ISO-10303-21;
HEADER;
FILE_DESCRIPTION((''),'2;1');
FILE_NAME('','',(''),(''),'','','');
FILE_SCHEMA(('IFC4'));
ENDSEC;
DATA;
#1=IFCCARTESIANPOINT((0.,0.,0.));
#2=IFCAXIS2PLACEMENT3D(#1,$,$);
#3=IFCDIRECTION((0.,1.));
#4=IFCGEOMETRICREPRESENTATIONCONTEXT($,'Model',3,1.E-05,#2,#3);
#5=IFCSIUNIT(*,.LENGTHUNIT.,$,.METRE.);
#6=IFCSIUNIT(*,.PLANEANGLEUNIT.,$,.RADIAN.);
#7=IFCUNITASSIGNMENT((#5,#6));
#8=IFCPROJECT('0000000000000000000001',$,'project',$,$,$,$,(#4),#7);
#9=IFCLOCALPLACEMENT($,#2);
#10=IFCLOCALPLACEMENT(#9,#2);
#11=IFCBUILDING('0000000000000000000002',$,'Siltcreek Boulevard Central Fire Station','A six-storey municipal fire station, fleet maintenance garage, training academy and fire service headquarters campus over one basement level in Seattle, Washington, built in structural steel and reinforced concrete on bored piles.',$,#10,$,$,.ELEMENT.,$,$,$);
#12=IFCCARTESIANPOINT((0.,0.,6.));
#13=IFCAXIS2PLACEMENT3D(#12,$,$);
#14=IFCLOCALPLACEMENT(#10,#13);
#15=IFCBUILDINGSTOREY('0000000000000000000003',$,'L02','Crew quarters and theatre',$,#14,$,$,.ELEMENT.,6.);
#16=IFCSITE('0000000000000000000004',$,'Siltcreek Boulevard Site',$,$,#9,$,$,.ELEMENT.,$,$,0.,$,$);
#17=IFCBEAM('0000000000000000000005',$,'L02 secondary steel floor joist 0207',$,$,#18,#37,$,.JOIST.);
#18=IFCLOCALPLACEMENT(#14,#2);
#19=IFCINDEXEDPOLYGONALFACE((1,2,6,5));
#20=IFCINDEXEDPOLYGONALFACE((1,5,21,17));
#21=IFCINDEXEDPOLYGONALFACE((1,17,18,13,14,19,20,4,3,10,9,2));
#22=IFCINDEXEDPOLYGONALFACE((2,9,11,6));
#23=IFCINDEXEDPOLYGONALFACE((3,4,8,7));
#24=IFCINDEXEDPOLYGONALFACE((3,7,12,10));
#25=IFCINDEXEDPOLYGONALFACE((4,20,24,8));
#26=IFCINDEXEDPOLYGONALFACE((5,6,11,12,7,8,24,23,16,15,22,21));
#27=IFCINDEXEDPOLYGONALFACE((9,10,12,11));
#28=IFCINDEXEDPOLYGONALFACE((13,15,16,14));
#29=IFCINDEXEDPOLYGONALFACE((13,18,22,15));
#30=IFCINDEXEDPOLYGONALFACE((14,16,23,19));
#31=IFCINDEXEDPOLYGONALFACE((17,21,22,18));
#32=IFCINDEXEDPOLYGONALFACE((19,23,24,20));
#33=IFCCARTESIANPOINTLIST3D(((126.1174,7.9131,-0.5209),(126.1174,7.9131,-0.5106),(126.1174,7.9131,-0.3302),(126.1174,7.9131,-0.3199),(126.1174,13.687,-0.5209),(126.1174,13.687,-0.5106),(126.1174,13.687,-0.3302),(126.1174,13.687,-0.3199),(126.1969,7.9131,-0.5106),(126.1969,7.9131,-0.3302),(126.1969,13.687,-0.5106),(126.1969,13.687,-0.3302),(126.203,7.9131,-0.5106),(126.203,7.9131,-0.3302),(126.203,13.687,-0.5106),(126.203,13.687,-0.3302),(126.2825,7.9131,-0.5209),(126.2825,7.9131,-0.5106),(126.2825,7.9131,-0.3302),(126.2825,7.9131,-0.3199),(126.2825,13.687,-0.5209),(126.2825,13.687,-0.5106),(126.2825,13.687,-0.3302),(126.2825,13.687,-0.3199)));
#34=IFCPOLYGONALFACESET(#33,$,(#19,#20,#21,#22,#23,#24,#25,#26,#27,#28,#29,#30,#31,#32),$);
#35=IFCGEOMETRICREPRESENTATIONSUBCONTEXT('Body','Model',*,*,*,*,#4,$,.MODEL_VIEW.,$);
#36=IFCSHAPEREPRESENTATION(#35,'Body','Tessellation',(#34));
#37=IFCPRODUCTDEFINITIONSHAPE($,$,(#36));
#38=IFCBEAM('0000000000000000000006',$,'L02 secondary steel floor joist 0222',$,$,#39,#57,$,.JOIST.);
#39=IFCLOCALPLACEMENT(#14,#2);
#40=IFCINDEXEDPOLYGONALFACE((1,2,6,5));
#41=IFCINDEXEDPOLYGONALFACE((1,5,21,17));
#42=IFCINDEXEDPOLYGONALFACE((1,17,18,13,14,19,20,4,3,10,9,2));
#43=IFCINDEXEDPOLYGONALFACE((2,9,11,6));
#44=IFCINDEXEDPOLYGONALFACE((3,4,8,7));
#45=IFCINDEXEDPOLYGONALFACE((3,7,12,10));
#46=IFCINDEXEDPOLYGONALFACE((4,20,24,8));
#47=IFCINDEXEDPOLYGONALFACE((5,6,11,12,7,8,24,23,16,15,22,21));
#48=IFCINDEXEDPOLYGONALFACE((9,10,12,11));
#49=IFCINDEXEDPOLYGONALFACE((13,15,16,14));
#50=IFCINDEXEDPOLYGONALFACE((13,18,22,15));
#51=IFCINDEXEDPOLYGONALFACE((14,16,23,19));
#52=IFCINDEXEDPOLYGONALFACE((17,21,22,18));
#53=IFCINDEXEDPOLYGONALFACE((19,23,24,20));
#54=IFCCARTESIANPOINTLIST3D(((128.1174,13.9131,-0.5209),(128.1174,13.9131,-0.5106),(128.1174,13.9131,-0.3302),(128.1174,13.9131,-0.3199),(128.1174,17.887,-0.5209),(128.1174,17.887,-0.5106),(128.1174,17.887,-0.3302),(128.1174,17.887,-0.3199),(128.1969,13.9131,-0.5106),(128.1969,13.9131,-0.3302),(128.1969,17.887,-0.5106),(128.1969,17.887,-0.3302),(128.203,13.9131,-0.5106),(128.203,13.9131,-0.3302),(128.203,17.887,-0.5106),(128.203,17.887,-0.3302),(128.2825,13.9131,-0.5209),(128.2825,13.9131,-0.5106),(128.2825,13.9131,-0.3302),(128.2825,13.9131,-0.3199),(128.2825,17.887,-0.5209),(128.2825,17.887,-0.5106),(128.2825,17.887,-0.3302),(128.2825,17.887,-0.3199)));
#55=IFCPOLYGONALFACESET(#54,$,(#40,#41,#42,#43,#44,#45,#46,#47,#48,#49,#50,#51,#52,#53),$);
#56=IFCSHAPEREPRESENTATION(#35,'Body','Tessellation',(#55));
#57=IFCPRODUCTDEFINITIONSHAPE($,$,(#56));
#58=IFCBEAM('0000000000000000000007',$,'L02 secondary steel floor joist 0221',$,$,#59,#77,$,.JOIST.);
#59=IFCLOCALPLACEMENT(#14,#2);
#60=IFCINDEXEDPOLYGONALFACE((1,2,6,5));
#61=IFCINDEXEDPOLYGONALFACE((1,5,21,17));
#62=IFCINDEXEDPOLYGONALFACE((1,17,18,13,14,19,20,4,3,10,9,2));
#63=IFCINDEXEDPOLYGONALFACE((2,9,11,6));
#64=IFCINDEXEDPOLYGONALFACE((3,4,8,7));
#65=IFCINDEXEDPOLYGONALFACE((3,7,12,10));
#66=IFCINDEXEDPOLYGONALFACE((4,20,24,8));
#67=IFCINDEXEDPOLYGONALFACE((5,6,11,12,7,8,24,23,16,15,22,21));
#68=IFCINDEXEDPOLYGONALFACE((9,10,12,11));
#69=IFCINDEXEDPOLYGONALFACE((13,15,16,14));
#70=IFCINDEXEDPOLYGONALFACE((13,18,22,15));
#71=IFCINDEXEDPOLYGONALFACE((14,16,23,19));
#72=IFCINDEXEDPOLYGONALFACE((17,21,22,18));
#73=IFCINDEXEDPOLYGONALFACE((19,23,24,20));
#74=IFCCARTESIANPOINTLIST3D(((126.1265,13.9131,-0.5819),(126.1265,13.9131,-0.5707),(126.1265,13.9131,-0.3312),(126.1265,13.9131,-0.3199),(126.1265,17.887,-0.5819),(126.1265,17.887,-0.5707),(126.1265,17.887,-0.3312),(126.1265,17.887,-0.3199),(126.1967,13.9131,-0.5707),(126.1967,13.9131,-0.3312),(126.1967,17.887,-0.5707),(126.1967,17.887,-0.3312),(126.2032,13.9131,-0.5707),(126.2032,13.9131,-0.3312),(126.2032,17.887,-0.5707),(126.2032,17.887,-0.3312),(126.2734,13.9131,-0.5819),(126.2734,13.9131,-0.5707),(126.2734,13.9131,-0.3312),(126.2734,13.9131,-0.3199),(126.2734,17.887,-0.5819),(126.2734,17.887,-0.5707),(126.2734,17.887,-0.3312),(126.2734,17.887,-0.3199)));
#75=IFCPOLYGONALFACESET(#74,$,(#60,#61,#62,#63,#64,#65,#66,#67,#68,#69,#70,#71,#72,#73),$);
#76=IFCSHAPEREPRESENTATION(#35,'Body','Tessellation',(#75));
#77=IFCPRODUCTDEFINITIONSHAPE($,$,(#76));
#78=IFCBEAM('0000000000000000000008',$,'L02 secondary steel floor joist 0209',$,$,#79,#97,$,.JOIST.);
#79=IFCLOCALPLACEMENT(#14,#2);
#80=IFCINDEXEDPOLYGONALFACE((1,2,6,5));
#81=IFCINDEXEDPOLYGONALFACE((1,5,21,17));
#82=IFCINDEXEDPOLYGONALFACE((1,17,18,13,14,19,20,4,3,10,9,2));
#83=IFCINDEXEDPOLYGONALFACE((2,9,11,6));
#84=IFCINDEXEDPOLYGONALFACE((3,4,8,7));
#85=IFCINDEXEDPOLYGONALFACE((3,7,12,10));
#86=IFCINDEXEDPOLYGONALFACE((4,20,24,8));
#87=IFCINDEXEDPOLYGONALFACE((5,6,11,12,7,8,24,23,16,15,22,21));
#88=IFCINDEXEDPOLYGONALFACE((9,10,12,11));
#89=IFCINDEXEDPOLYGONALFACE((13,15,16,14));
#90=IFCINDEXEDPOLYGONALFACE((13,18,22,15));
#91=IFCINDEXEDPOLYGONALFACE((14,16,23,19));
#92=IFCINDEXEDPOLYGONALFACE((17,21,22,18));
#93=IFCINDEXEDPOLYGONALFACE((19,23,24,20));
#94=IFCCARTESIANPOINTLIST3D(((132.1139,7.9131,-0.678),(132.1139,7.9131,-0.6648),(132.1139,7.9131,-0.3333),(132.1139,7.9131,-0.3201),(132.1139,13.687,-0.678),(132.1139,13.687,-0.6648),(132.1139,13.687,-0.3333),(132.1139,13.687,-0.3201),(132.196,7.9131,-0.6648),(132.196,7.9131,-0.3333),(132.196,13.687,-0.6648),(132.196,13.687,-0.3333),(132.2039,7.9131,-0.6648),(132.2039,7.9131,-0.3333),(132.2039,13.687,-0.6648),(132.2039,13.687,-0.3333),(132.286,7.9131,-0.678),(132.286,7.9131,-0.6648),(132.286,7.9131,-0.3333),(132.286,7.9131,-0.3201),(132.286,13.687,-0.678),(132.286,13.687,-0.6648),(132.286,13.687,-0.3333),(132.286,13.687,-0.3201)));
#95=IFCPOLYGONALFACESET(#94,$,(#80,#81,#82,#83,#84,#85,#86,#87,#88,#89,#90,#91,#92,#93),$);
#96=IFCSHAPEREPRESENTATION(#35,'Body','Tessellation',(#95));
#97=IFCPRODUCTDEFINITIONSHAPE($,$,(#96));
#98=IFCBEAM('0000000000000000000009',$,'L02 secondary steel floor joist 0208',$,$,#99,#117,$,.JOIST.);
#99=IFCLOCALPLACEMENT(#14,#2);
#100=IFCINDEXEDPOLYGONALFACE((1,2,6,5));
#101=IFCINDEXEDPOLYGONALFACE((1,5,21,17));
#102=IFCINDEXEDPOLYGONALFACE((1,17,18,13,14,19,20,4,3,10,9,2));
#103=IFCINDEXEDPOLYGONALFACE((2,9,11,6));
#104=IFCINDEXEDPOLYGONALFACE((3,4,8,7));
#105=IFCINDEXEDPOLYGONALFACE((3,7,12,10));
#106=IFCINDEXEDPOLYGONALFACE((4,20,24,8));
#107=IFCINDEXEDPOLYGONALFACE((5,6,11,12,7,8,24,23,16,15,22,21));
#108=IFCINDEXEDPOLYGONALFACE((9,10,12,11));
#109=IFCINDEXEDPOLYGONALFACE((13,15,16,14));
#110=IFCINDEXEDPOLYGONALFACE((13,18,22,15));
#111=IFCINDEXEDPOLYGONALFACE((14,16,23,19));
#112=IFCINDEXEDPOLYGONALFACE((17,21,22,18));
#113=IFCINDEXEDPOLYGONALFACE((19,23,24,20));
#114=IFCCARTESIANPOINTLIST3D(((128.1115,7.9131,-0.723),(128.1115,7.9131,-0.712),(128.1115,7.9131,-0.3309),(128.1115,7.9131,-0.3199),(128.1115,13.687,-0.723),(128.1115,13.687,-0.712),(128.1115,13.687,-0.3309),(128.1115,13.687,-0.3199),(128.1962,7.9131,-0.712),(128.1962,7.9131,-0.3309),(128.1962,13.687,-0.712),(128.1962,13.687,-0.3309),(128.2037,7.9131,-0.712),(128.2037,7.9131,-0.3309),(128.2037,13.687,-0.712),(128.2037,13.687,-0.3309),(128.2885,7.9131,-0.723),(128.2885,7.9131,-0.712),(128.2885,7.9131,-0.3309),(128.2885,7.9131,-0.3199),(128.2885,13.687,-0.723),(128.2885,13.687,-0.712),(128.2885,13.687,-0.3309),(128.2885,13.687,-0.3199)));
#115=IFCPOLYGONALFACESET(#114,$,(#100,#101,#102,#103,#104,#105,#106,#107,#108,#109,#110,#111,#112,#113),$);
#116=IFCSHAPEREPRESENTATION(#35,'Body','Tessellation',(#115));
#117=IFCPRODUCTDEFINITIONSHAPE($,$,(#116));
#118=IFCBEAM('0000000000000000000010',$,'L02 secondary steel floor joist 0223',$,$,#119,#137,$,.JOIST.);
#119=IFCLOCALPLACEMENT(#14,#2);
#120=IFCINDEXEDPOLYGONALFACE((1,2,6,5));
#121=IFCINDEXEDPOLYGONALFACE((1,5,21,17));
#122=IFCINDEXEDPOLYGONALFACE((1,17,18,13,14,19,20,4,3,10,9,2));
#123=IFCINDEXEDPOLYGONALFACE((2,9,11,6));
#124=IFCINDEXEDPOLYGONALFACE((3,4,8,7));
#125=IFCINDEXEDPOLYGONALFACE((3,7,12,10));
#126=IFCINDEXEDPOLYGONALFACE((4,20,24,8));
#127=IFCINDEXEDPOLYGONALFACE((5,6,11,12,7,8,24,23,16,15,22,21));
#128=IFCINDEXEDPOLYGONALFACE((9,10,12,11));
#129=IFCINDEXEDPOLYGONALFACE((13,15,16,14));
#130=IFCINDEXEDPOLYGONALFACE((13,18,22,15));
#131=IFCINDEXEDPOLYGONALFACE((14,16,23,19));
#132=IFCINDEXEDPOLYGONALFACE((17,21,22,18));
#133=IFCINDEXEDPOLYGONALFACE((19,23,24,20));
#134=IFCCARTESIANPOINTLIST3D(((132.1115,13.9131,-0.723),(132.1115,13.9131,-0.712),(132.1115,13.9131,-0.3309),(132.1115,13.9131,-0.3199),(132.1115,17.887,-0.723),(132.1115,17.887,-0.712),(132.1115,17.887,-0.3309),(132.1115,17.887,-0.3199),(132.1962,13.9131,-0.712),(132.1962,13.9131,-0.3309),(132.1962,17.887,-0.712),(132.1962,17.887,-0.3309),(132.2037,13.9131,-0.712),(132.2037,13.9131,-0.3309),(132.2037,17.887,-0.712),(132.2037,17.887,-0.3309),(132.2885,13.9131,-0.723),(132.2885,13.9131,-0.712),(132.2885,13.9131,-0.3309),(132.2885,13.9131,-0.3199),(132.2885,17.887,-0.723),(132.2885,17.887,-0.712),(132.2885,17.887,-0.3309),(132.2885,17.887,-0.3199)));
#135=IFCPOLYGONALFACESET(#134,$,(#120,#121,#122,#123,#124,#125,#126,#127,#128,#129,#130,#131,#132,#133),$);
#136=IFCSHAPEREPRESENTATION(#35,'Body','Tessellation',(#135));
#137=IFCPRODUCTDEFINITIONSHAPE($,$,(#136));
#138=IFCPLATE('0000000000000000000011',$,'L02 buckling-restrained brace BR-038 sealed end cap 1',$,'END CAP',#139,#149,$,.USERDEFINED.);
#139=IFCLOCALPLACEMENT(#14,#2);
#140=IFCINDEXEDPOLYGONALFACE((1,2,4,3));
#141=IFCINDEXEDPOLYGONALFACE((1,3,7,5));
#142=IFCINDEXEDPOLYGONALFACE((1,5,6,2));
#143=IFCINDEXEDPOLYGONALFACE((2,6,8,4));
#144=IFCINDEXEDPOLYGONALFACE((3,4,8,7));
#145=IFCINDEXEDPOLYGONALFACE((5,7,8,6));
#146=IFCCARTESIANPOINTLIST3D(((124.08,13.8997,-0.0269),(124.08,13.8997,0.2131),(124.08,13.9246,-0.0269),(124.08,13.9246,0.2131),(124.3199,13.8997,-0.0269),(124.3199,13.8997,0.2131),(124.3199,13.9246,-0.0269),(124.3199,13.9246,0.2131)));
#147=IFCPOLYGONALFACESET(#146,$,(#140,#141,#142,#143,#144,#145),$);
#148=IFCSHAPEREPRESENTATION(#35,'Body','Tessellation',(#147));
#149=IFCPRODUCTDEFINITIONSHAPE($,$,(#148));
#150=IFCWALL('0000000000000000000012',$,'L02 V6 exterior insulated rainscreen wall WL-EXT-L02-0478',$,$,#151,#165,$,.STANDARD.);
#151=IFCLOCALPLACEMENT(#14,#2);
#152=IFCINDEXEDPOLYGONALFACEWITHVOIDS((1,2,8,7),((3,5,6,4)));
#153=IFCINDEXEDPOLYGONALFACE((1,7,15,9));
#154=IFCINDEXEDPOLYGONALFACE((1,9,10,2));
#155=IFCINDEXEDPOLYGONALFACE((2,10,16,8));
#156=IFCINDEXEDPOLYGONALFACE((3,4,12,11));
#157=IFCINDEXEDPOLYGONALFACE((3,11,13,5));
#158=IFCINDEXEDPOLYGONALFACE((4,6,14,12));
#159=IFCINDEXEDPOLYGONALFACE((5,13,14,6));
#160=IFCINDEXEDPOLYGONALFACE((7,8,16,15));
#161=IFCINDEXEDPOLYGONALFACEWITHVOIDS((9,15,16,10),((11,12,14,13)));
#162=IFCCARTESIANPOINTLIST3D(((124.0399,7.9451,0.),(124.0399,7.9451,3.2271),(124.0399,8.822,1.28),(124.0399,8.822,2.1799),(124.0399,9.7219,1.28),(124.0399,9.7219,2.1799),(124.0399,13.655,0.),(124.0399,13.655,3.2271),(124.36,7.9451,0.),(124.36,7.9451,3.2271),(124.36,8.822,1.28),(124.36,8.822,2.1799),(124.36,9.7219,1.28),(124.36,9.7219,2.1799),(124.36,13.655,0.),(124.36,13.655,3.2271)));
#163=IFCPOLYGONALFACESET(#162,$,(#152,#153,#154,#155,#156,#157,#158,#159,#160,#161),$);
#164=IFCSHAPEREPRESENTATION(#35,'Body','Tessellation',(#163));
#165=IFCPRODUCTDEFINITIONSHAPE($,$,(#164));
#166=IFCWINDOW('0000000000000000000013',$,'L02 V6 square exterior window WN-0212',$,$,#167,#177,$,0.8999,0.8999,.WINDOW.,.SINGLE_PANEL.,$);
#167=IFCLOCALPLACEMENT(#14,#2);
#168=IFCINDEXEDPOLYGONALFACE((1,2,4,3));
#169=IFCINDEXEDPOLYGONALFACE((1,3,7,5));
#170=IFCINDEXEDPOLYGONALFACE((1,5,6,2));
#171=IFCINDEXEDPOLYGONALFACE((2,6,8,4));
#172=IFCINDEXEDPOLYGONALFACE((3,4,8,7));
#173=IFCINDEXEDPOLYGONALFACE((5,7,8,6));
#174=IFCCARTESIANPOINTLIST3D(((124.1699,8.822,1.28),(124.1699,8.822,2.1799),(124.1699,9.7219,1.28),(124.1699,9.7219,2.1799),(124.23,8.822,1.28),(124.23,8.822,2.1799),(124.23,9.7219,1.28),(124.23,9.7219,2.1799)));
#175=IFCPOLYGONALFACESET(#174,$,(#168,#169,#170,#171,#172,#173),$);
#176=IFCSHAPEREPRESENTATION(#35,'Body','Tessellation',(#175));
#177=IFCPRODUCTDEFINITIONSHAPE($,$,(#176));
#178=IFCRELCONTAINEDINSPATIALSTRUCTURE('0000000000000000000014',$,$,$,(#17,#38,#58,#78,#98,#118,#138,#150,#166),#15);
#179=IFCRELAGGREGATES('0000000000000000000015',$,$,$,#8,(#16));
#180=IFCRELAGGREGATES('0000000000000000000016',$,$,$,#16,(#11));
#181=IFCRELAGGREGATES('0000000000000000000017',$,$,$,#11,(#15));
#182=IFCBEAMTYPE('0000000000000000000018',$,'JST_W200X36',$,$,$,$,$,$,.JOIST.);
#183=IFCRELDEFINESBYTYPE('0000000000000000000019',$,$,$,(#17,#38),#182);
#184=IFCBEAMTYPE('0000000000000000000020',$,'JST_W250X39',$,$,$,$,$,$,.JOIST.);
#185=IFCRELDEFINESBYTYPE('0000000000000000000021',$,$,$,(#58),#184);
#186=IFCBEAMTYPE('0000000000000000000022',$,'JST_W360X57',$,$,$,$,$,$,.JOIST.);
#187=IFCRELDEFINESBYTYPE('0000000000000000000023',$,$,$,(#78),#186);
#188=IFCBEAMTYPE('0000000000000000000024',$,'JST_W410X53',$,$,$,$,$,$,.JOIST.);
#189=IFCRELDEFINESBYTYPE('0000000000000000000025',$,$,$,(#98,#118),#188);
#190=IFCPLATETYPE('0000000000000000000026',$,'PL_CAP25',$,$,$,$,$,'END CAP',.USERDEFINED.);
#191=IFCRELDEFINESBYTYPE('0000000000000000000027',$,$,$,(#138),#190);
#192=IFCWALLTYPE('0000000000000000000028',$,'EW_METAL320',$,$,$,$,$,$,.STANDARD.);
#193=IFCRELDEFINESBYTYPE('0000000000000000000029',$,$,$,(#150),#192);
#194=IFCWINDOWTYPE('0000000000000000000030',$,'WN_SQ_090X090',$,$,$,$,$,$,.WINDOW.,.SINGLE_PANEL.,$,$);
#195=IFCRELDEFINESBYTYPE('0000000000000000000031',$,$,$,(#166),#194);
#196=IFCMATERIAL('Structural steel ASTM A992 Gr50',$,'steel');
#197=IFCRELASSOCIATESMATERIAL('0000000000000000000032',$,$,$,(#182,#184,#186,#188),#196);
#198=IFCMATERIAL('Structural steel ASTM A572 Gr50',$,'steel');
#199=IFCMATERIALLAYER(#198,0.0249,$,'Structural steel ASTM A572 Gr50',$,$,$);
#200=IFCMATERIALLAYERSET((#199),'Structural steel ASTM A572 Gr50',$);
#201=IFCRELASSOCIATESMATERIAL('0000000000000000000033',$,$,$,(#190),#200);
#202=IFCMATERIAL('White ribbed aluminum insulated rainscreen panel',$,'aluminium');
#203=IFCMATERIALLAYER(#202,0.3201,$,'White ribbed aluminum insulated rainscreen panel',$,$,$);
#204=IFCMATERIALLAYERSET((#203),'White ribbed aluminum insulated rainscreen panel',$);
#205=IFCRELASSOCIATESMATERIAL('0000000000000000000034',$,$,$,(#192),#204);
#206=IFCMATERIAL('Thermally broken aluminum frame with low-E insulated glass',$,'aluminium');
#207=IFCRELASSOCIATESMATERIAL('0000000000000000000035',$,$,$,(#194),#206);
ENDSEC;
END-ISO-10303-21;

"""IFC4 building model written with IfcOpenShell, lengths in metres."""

from ifc_helpers import new_model, si_unit, direction, frame, frame_2d, origin, origin_2d, place, context, subcontext, project, spatial, rectangle, i_section, extrude, material, layer, layer_set, material_profile, profile_set, type_object, element, fill, save


model = new_model("IFC4")

# Units and contexts
model_context = context("Model", 3, precision=1e-05, world=origin(), true_north=direction((0.0, 1.0)))
body_context = subcontext(model_context, "Body", "Model", "MODEL_VIEW")
ifc_project = project(units=[si_unit("LENGTHUNIT", "METRE"), si_unit("PLANEANGLEUNIT", "RADIAN")], contexts=[model_context])

# Site, building, storey
site_placement = place(None, origin())
site = spatial("IfcSite", under=ifc_project, at=site_placement, Name="Siltcreek Boulevard Site", CompositionType="ELEMENT", RefElevation=0.0)
building_placement = place(site_placement, origin())
building = spatial("IfcBuilding", under=site, at=building_placement, Name="Siltcreek Boulevard Central Fire Station", Description="A six-storey municipal fire station, fleet maintenance garage, training academy and fire service headquarters campus over one basement level in Seattle, Washington, built in structural steel and reinforced concrete on bored piles.", CompositionType="ELEMENT")
storey_placement = place(building_placement, frame((0.0, 0.0, 6.0)))
storey = spatial("IfcBuildingStorey", under=building, at=storey_placement, Name="L02", Description="Crew quarters and theatre", CompositionType="ELEMENT", Elevation=6.0)

# Shared definitions
ifc_material_1 = material(Name="Structural steel ASTM A992 Gr50", Category="steel")

# Beams
ifc_material_profile_1 = material_profile(ifc_material_1, i_section(OverallWidth=0.165, OverallDepth=0.2009, WebThickness=0.0061, FlangeThickness=0.0103, at=origin_2d()), Name="W200X36")
ifc_profile_set_1 = profile_set([ifc_material_profile_1], Name="Structural steel ASTM A992 Gr50")
beam_type_1 = type_object("IfcBeamType", Name="JST_W200X36", PredefinedType="JOIST", material=ifc_profile_set_1)
beam_1_placement = place(storey_placement, frame((126.2, 7.9131, -0.4204), z_axis=(0.0, 1.0, 0.0), x_axis=(-1.0, 0.0, 0.0)))
element("IfcBeam", 1, at=beam_1_placement, inside=storey, type_object=beam_type_1, Name="L02 secondary steel floor joist 0207", PredefinedType="JOIST", context=body_context, shape_type="SweptSolid", body=[
    extrude(i_section(OverallWidth=0.165, OverallDepth=0.2009, WebThickness=0.0061, FlangeThickness=0.0103, at=origin_2d()), origin(), (0.0, 0.0, 1.0), 5.7739),
])
beam_2_placement = place(storey_placement, frame((128.2, 13.9131, -0.4204), z_axis=(0.0, 1.0, 0.0), x_axis=(-1.0, 0.0, 0.0)))
element("IfcBeam", 2, at=beam_2_placement, inside=storey, type_object=beam_type_1, Name="L02 secondary steel floor joist 0222", PredefinedType="JOIST", context=body_context, shape_type="SweptSolid", body=[
    extrude(i_section(OverallWidth=0.165, OverallDepth=0.2009, WebThickness=0.0061, FlangeThickness=0.0103, at=origin_2d()), origin(), (0.0, 0.0, 1.0), 3.9739),
])
ifc_material_profile_2 = material_profile(ifc_material_1, i_section(OverallWidth=0.147, OverallDepth=0.262, WebThickness=0.0066, FlangeThickness=0.0112, at=origin_2d()), Name="W250X39")
ifc_profile_set_2 = profile_set([ifc_material_profile_2], Name="Structural steel ASTM A992 Gr50")
beam_type_2 = type_object("IfcBeamType", Name="JST_W250X39", PredefinedType="JOIST", material=ifc_profile_set_2)
beam_3_placement = place(storey_placement, frame((126.2, 13.9131, -0.4509), z_axis=(0.0, 1.0, 0.0), x_axis=(-1.0, 0.0, 0.0)))
element("IfcBeam", 3, at=beam_3_placement, inside=storey, type_object=beam_type_2, Name="L02 secondary steel floor joist 0221", PredefinedType="JOIST", context=body_context, shape_type="SweptSolid", body=[
    extrude(i_section(OverallWidth=0.147, OverallDepth=0.262, WebThickness=0.0066, FlangeThickness=0.0112, at=origin_2d()), origin(), (0.0, 0.0, 1.0), 3.9739),
])
ifc_material_profile_3 = material_profile(ifc_material_1, i_section(OverallWidth=0.1721, OverallDepth=0.3579, WebThickness=0.0078, FlangeThickness=0.0132, at=origin_2d()), Name="W360X57")
ifc_profile_set_3 = profile_set([ifc_material_profile_3], Name="Structural steel ASTM A992 Gr50")
beam_type_3 = type_object("IfcBeamType", Name="JST_W360X57", PredefinedType="JOIST", material=ifc_profile_set_3)
beam_4_placement = place(storey_placement, frame((132.2, 7.9131, -0.499), z_axis=(0.0, 1.0, 0.0), x_axis=(-1.0, 0.0, 0.0)))
element("IfcBeam", 4, at=beam_4_placement, inside=storey, type_object=beam_type_3, Name="L02 secondary steel floor joist 0209", PredefinedType="JOIST", context=body_context, shape_type="SweptSolid", body=[
    extrude(i_section(OverallWidth=0.1721, OverallDepth=0.3579, WebThickness=0.0078, FlangeThickness=0.0132, at=origin_2d()), origin(), (0.0, 0.0, 1.0), 5.7739),
])
ifc_material_profile_4 = material_profile(ifc_material_1, i_section(OverallWidth=0.177, OverallDepth=0.4031, WebThickness=0.0076, FlangeThickness=0.011, at=origin_2d()), Name="W410X53")
ifc_profile_set_4 = profile_set([ifc_material_profile_4], Name="Structural steel ASTM A992 Gr50")
beam_type_4 = type_object("IfcBeamType", Name="JST_W410X53", PredefinedType="JOIST", material=ifc_profile_set_4)
beam_5_placement = place(storey_placement, frame((128.2, 7.9131, -0.5215), z_axis=(0.0, 1.0, 0.0), x_axis=(-1.0, 0.0, 0.0)))
element("IfcBeam", 5, at=beam_5_placement, inside=storey, type_object=beam_type_4, Name="L02 secondary steel floor joist 0208", PredefinedType="JOIST", context=body_context, shape_type="SweptSolid", body=[
    extrude(i_section(OverallWidth=0.177, OverallDepth=0.4031, WebThickness=0.0076, FlangeThickness=0.011, at=origin_2d()), origin(), (0.0, 0.0, 1.0), 5.7739),
])
beam_6_placement = place(storey_placement, frame((132.2, 13.9131, -0.5215), z_axis=(0.0, 1.0, 0.0), x_axis=(-1.0, 0.0, 0.0)))
element("IfcBeam", 6, at=beam_6_placement, inside=storey, type_object=beam_type_4, Name="L02 secondary steel floor joist 0223", PredefinedType="JOIST", context=body_context, shape_type="SweptSolid", body=[
    extrude(i_section(OverallWidth=0.177, OverallDepth=0.4031, WebThickness=0.0076, FlangeThickness=0.011, at=origin_2d()), origin(), (0.0, 0.0, 1.0), 3.9739),
])

# Plate
ifc_material_2 = material(Name="Structural steel ASTM A572 Gr50", Category="steel")
ifc_layer_1 = layer(ifc_material_2, 0.0249, Name="Structural steel ASTM A572 Gr50")
ifc_layer_set_1 = layer_set([ifc_layer_1], Name="Structural steel ASTM A572 Gr50")
plate_type = type_object("IfcPlateType", Name="PL_CAP25", ElementType="END CAP", PredefinedType="USERDEFINED", material=ifc_layer_set_1)
plate_placement = place(storey_placement, frame((124.2, 13.9121, -0.0269), z_axis=(0.0, 0.0, 1.0), x_axis=(0.0, 1.0, 0.0)))
element("IfcPlate", 7, at=plate_placement, inside=storey, type_object=plate_type, Name="L02 buckling-restrained brace BR-038 sealed end cap 1", ObjectType="END CAP", PredefinedType="USERDEFINED", context=body_context, shape_type="SweptSolid", body=[
    extrude(rectangle(XDim=0.0249, YDim=0.24, at=origin_2d()), origin(), (0.0, 0.0, 1.0), 0.24),
])

# Wall, opening, window
ifc_material_3 = material(Name="White ribbed aluminum insulated rainscreen panel", Category="aluminium")
ifc_layer_2 = layer(ifc_material_3, 0.3201, Name="White ribbed aluminum insulated rainscreen panel")
ifc_layer_set_2 = layer_set([ifc_layer_2], Name="White ribbed aluminum insulated rainscreen panel")
wall_type_1 = type_object("IfcWallType", Name="EW_METAL320", PredefinedType="STANDARD", material=ifc_layer_set_2)
wall_1_placement = place(storey_placement, frame((124.2, 13.655, 0.0), z_axis=(0.0, 0.0, 1.0), x_axis=(0.0, -1.0, 0.0)))
wall_1 = element("IfcWall", 8, at=wall_1_placement, inside=storey, type_object=wall_type_1, Name="L02 V6 exterior insulated rainscreen wall WL-EXT-L02-0478", PredefinedType="STANDARD", context=body_context, shape_type="SweptSolid", body=[
    extrude(rectangle(XDim=5.71, YDim=0.3201, at=frame_2d((2.855, 0.0))), origin(), (0.0, 0.0, 1.0), 3.2271),
])
opening_1_placement = place(wall_1_placement, frame((3.9331, 0.0, 1.28)))
opening_1 = element("IfcOpeningElement", 9, at=opening_1_placement, cuts=wall_1, PredefinedType="OPENING", context=body_context, shape_type="SweptSolid", body=[
    extrude(rectangle(XDim=0.8999, YDim=0.8999, at=frame_2d((0.45, 0.45))), frame((0.0, 0.1699, 0.0), z_axis=(0.0, -1.0, 0.0), x_axis=(1.0, 0.0, 0.0)), (0.0, 0.0, 1.0), 0.3401),
])
ifc_material_4 = material(Name="Thermally broken aluminum frame with low-E insulated glass", Category="aluminium")
window_type = type_object("IfcWindowType", Name="WN_SQ_090X090", PartitioningType="SINGLE_PANEL", PredefinedType="WINDOW", material=ifc_material_4)
window_placement = place(opening_1_placement, origin())
window = element("IfcWindow", 10, at=window_placement, inside=storey, type_object=window_type, Name="L02 V6 square exterior window WN-0212", OverallHeight=0.8999, OverallWidth=0.8999, PartitioningType="SINGLE_PANEL", PredefinedType="WINDOW", context=body_context, shape_type="SweptSolid", body=[
    extrude(rectangle(XDim=0.8999, YDim=0.8999, at=frame_2d((0.45, 0.45))), frame((0.0, 0.03, 0.0), z_axis=(0.0, -1.0, 0.0), x_axis=(1.0, 0.0, 0.0)), (0.0, 0.0, 1.0), 0.0601),
])
fill(opening_1, window)

save(model, "model.ifc")
